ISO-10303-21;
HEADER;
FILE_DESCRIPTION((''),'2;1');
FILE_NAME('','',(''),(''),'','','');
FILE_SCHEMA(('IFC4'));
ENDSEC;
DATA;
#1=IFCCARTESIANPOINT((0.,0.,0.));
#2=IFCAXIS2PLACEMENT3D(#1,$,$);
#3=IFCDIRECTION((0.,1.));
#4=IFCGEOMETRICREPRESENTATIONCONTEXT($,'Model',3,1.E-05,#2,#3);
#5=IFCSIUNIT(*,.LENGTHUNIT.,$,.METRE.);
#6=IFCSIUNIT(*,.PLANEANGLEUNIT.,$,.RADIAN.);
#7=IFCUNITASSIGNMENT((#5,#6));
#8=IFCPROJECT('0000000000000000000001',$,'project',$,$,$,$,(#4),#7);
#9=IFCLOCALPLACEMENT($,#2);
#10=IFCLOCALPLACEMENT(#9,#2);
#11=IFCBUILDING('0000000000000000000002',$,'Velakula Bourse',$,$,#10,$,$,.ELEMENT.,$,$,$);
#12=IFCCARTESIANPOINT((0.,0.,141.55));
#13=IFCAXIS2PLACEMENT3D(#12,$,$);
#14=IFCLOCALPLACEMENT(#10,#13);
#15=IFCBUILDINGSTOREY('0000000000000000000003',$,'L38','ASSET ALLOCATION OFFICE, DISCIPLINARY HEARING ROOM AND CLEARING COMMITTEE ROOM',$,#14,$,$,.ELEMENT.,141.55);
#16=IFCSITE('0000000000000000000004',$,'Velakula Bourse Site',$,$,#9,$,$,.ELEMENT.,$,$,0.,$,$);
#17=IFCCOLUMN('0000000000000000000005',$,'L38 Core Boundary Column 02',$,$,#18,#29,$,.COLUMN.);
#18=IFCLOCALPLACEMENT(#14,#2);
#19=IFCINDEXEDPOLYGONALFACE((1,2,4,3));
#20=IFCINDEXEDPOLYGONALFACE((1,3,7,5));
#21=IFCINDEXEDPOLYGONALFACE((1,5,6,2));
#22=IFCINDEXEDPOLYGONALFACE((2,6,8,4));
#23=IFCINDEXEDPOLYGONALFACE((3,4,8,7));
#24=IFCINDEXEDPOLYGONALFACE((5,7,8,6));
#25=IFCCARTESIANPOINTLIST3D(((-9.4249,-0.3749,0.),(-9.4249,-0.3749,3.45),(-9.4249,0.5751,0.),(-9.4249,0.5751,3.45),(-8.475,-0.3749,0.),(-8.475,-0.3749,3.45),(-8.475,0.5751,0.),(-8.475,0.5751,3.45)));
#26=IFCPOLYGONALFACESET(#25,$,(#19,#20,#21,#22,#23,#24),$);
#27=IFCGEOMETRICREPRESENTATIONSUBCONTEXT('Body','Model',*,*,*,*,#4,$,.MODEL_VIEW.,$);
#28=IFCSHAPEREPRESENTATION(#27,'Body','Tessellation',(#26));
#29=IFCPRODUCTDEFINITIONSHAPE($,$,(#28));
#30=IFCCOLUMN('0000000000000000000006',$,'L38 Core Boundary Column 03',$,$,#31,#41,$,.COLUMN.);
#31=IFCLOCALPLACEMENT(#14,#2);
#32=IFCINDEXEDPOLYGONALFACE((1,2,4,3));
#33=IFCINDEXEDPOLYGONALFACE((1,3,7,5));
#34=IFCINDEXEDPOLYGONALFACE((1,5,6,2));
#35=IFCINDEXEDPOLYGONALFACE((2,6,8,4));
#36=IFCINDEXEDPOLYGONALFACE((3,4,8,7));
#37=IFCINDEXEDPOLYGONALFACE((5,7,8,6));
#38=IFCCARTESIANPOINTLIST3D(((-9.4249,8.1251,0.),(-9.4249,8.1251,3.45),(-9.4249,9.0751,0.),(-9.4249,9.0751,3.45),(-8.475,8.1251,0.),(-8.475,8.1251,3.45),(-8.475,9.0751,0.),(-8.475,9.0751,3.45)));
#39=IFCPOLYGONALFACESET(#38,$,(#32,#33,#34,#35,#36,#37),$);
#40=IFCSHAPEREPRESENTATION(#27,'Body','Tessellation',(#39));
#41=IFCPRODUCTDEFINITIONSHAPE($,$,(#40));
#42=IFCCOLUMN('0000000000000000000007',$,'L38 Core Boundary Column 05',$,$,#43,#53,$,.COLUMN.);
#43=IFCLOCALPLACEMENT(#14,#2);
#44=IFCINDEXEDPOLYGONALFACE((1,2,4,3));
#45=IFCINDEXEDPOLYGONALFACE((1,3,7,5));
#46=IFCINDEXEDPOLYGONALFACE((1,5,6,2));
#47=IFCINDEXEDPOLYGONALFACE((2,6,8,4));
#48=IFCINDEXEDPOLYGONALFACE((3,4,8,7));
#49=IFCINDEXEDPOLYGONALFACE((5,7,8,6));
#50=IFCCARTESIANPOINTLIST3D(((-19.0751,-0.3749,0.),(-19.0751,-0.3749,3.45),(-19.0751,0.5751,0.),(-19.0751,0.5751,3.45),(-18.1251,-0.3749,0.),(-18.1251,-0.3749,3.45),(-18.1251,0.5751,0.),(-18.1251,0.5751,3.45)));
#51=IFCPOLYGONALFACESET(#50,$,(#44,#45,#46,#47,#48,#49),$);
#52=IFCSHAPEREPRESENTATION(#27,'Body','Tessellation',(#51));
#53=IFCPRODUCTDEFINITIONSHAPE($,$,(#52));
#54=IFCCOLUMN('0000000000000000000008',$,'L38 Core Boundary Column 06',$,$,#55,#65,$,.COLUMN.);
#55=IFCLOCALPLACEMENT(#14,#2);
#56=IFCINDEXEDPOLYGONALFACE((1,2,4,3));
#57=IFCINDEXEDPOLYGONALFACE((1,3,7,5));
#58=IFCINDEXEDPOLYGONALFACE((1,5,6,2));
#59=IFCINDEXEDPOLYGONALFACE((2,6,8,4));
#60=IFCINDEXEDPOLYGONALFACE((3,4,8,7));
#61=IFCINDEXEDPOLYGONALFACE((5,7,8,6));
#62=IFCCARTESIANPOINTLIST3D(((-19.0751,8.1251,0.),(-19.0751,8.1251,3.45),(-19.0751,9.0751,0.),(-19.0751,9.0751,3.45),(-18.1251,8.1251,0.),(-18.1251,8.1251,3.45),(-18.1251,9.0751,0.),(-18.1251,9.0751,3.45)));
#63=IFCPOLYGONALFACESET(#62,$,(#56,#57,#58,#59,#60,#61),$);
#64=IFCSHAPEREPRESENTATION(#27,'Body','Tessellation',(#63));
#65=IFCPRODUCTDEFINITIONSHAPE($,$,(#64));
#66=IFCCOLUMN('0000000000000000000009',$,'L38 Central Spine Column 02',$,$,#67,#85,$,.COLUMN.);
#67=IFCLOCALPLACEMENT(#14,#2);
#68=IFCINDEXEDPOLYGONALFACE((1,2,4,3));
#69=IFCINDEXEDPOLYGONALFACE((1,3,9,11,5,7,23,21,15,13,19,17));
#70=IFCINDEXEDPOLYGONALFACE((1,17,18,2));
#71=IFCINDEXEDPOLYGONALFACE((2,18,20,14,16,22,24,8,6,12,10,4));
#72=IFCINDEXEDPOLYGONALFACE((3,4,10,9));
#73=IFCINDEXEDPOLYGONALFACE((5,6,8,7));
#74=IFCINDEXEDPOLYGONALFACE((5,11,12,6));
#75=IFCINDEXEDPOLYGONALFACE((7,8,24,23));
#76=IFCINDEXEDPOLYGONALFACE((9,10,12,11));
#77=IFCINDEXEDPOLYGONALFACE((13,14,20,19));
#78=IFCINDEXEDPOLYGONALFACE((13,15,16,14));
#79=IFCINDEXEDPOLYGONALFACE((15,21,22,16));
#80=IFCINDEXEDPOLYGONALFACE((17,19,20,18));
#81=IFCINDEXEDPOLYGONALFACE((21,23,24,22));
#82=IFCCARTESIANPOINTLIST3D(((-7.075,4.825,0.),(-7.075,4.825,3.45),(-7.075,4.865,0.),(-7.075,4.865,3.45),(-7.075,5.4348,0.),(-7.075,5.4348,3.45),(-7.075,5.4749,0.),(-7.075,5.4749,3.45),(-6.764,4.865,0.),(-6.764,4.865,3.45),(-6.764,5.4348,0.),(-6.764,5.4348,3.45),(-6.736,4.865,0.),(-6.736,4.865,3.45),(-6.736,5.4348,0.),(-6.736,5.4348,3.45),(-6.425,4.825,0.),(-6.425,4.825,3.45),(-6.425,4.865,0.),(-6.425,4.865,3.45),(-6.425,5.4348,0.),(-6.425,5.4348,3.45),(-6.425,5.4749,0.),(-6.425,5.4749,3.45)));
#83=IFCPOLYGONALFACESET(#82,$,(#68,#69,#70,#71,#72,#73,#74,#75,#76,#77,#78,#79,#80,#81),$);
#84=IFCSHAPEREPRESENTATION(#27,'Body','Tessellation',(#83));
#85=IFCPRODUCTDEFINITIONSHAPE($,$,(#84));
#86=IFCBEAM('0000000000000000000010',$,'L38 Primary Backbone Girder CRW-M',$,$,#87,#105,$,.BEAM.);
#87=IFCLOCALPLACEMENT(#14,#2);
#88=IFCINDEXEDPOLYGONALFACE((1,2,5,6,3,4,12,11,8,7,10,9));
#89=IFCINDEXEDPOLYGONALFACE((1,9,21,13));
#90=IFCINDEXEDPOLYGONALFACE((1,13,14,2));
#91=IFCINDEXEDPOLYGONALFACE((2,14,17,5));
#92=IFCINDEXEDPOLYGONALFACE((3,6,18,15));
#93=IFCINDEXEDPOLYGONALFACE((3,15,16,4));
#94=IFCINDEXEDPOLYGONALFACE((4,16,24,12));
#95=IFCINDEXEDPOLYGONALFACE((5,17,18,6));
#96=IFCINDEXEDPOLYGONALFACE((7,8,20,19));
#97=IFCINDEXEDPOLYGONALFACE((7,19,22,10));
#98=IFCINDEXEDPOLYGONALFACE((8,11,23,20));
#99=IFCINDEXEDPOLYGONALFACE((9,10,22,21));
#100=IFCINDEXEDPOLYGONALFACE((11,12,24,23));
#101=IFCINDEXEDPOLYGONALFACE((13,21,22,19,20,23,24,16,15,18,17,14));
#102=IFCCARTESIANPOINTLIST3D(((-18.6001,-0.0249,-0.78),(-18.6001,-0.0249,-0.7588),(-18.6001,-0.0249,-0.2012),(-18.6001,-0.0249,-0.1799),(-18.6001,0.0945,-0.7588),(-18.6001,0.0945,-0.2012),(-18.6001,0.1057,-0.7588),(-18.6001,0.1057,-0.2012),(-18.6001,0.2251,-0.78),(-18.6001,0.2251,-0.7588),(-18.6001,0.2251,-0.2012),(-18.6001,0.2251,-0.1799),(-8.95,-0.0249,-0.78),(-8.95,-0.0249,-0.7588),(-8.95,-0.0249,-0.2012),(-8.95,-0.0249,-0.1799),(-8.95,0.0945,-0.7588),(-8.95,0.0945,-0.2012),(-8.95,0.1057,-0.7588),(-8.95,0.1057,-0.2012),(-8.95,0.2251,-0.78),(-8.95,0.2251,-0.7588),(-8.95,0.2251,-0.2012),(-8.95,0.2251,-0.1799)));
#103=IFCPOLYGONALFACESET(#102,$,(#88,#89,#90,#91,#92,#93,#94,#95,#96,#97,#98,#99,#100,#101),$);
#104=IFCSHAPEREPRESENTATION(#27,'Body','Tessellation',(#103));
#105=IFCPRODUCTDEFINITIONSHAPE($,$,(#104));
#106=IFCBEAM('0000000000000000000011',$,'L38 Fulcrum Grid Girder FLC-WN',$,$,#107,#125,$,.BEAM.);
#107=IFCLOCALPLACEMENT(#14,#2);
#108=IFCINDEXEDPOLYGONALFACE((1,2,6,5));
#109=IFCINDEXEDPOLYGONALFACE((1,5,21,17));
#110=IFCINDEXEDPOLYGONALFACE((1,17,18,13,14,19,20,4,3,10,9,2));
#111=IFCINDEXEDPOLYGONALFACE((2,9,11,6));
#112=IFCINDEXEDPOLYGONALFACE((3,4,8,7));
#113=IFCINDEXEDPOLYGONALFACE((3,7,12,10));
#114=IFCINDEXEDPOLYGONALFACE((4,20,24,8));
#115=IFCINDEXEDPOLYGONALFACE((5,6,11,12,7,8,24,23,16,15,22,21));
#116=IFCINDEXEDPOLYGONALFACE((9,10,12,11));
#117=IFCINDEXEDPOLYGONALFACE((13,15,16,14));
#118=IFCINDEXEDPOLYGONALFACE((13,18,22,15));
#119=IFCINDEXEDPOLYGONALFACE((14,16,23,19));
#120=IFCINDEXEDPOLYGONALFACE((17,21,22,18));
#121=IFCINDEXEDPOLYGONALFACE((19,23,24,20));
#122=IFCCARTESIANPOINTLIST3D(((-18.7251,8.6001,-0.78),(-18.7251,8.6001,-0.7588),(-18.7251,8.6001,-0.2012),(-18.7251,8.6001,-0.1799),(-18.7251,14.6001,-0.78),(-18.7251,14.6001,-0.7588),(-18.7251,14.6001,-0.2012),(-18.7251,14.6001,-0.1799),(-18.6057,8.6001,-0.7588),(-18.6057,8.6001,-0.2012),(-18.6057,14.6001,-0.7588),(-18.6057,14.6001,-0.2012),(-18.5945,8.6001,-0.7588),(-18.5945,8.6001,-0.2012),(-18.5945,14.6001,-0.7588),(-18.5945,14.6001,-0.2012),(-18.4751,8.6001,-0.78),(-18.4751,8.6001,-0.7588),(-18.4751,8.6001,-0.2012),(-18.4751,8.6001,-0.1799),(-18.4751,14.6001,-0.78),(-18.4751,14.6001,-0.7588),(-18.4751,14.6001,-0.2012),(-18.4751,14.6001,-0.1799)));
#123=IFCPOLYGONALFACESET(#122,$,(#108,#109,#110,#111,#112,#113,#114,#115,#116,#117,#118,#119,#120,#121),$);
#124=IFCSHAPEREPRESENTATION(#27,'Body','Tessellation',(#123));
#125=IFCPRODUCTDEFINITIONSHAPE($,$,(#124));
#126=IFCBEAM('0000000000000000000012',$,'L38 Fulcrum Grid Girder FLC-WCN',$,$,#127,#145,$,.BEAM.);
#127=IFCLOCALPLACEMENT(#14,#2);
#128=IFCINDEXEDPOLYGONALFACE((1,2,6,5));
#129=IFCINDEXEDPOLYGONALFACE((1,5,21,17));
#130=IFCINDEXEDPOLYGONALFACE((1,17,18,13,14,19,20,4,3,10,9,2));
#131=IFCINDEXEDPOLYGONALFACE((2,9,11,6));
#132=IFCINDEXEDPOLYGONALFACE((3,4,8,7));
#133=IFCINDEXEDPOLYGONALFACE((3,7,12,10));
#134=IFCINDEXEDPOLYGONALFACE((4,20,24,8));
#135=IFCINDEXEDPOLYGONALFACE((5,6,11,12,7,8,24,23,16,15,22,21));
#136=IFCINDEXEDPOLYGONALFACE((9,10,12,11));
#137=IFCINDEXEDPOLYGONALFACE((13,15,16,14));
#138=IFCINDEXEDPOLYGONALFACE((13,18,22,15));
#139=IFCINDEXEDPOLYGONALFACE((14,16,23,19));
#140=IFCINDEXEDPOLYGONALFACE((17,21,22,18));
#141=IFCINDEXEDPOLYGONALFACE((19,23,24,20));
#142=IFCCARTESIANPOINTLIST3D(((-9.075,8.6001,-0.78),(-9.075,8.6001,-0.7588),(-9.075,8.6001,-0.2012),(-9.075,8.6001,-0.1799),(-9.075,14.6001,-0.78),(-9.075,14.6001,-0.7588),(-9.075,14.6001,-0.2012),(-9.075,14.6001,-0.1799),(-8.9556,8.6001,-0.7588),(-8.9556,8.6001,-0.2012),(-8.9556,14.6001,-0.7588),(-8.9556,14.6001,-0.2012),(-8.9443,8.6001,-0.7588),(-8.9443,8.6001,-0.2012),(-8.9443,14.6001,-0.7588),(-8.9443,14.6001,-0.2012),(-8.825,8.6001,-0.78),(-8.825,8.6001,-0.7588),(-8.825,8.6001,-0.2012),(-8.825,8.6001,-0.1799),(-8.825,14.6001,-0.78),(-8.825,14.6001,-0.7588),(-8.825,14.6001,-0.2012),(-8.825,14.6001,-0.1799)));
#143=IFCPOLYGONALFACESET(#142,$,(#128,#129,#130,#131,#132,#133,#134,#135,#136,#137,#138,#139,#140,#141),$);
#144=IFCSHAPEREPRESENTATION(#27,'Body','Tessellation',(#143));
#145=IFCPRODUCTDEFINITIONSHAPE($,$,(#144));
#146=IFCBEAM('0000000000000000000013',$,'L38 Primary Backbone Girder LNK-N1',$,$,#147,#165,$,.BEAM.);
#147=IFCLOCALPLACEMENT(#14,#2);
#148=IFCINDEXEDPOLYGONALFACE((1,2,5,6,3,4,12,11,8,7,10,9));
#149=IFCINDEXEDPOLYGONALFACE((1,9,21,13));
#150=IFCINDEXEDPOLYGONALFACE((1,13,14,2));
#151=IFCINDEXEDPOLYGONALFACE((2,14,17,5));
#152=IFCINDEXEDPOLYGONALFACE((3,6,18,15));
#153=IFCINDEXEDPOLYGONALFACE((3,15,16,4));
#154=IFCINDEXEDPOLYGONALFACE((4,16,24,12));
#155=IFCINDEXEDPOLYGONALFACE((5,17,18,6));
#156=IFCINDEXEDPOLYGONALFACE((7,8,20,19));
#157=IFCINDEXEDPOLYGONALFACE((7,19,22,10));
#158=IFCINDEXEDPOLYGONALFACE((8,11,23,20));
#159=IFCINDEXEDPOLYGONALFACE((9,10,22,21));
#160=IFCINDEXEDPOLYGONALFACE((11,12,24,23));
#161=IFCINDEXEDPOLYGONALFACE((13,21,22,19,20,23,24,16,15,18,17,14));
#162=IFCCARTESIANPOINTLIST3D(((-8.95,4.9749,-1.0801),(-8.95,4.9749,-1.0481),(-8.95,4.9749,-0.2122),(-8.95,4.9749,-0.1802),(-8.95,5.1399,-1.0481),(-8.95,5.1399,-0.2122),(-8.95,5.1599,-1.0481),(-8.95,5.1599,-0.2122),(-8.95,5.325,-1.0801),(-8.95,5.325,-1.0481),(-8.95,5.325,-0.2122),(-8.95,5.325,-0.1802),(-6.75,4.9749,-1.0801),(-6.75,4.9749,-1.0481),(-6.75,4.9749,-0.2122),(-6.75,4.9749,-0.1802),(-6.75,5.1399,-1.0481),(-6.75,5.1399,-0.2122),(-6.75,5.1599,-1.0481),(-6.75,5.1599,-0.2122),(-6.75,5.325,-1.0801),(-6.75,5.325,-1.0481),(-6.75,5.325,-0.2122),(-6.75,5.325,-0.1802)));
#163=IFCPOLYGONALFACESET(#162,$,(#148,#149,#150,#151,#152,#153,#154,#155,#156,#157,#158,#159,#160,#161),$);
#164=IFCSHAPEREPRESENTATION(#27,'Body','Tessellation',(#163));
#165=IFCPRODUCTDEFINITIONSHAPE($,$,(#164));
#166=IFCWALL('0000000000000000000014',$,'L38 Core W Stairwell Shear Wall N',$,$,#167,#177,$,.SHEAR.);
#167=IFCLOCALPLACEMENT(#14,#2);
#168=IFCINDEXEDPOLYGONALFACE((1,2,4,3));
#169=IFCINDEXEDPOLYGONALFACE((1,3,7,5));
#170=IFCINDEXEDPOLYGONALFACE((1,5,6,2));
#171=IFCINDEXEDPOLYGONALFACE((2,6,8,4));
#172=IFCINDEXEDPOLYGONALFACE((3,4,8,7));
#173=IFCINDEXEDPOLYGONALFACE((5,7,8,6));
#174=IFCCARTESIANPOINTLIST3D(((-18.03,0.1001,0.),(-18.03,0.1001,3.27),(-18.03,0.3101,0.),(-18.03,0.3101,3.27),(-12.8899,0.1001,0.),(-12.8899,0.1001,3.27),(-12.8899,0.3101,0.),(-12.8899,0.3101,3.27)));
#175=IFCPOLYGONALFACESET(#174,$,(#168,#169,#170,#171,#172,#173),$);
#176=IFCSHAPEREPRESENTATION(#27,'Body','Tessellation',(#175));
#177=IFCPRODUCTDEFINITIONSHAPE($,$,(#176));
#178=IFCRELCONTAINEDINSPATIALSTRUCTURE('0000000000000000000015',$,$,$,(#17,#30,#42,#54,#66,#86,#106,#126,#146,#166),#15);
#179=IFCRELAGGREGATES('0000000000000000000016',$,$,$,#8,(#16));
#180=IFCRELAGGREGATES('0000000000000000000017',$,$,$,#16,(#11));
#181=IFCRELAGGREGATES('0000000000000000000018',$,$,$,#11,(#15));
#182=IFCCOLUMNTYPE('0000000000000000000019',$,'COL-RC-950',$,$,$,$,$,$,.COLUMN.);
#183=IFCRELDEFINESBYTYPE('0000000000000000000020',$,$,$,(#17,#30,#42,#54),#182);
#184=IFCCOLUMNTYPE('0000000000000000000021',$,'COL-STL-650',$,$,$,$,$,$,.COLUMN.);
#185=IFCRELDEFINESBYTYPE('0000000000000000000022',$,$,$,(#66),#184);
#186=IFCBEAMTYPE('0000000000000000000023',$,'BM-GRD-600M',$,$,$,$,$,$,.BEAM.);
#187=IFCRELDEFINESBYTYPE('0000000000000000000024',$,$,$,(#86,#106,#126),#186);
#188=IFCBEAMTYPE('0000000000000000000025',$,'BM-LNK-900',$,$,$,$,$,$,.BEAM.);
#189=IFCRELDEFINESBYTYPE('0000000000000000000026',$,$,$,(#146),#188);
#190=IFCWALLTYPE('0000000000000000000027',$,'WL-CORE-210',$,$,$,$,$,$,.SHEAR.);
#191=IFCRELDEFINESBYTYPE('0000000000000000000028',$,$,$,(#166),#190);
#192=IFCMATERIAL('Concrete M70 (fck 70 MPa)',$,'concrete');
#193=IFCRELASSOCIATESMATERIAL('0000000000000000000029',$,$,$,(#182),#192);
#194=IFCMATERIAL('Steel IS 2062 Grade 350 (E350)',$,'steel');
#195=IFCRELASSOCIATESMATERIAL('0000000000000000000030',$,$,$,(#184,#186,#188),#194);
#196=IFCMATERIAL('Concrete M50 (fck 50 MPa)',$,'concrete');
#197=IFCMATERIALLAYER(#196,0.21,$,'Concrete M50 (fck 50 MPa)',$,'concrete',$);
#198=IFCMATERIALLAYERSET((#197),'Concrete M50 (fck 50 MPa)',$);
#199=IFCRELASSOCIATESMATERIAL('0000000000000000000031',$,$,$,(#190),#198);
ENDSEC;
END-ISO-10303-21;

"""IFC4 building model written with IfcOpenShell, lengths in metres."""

from ifc_helpers import new_model, si_unit, direction, frame, frame_2d, origin, origin_2d, place, context, subcontext, project, spatial, rectangle, i_section, extrude, material, layer, layer_set, material_profile, profile_set, type_object, element, save


model = new_model("IFC4")

# Units and contexts
model_context = context("Model", 3, precision=1e-05, world=origin(), true_north=direction((0.0, 1.0)))
body_context = subcontext(model_context, "Body", "Model", "MODEL_VIEW")
ifc_project = project(units=[si_unit("LENGTHUNIT", "METRE"), si_unit("PLANEANGLEUNIT", "RADIAN")], contexts=[model_context])

# Site, building, storey
site_placement = place(None, origin())
site = spatial("IfcSite", under=ifc_project, at=site_placement, Name="Velakula Bourse Site", CompositionType="ELEMENT", RefElevation=0.0)
building_placement = place(site_placement, origin())
building = spatial("IfcBuilding", under=site, at=building_placement, Name="Velakula Bourse", CompositionType="ELEMENT")
storey_placement = place(building_placement, frame((0.0, 0.0, 141.55)))
storey = spatial("IfcBuildingStorey", under=building, at=storey_placement, Name="L38", Description="ASSET ALLOCATION OFFICE, DISCIPLINARY HEARING ROOM AND CLEARING COMMITTEE ROOM", CompositionType="ELEMENT", Elevation=141.55)

# Columns
ifc_material_1 = material(Name="Concrete M70 (fck 70 MPa)", Category="concrete")
ifc_material_profile_1 = material_profile(ifc_material_1, rectangle(XDim=0.95, YDim=0.95, at=origin_2d()), Name="Concrete M70 (fck 70 MPa)")
ifc_profile_set_1 = profile_set([ifc_material_profile_1], Name="Concrete M70 (fck 70 MPa)")
column_type_1 = type_object("IfcColumnType", Name="COL-RC-950", PredefinedType="COLUMN", material=ifc_profile_set_1)
for number, where, z_axis, x_axis, name in (
    (1, (-8.95, 0.1001, 0.0), (0.0, 0.0, 1.0), (1.0, 0.0, 0.0), "L38 Core Boundary Column 02"),
    (2, (-8.95, 8.6001, 0.0), (0.0, 0.0, 1.0), (1.0, 0.0, 0.0), "L38 Core Boundary Column 03"),
    (3, (-18.6001, 0.1001, 0.0), (0.0, 0.0, 1.0), (1.0, 0.0, 0.0), "L38 Core Boundary Column 05"),
    (4, (-18.6001, 8.6001, 0.0), (0.0, 0.0, 1.0), (1.0, 0.0, 0.0), "L38 Core Boundary Column 06"),
):
    element("IfcColumn", number, at=place(storey_placement, frame(where, z_axis=z_axis, x_axis=x_axis)), inside=storey, type_object=column_type_1, Name=name, PredefinedType="COLUMN", context=body_context, shape_type="SweptSolid", body=[
        extrude(rectangle(XDim=0.95, YDim=0.95, at=origin_2d()), origin(), (0.0, 0.0, 1.0), 3.45),
    ])
ifc_material_2 = material(Name="Steel IS 2062 Grade 350 (E350)", Category="steel")
ifc_material_profile_2 = material_profile(ifc_material_2, i_section(OverallWidth=0.6499, OverallDepth=0.6499, WebThickness=0.0281, FlangeThickness=0.04, at=origin_2d()), Name="Steel IS 2062 Grade 350 (E350)")
ifc_profile_set_2 = profile_set([ifc_material_profile_2], Name="Steel IS 2062 Grade 350 (E350)")
column_type_2 = type_object("IfcColumnType", Name="COL-STL-650", PredefinedType="COLUMN", material=ifc_profile_set_2)
column_placement = place(storey_placement, frame((-6.75, 5.1499, 0.0), z_axis=(0.0, 0.0, 1.0), x_axis=(1.0, 0.0, 0.0)))
element("IfcColumn", 5, at=column_placement, inside=storey, type_object=column_type_2, Name="L38 Central Spine Column 02", PredefinedType="COLUMN", context=body_context, shape_type="SweptSolid", body=[
    extrude(i_section(OverallWidth=0.6499, OverallDepth=0.6499, WebThickness=0.0281, FlangeThickness=0.04, at=origin_2d()), origin(), (0.0, 0.0, 1.0), 3.45),
])

# Beams
ifc_material_profile_3 = material_profile(ifc_material_2, i_section(OverallWidth=0.25, OverallDepth=0.6001, WebThickness=0.0112, FlangeThickness=0.0212, at=origin_2d()), Name="Steel IS 2062 Grade 350 (E350)")
ifc_profile_set_3 = profile_set([ifc_material_profile_3], Name="Steel IS 2062 Grade 350 (E350)")
beam_type_1 = type_object("IfcBeamType", Name="BM-GRD-600M", PredefinedType="BEAM", material=ifc_profile_set_3)
beam_1_placement = place(storey_placement, frame((-18.6001, 0.1001, -0.48), z_axis=(1.0, 0.0, 0.0), x_axis=(0.0, 1.0, 0.0)))
element("IfcBeam", 6, at=beam_1_placement, inside=storey, type_object=beam_type_1, Name="L38 Primary Backbone Girder CRW-M", PredefinedType="BEAM", context=body_context, shape_type="SweptSolid", body=[
    extrude(i_section(OverallWidth=0.25, OverallDepth=0.6001, WebThickness=0.0112, FlangeThickness=0.0212, at=origin_2d()), origin(), (0.0, 0.0, 1.0), 9.6501),
])
for number, where, z_axis, x_axis, name in (
    (7, (-18.6001, 8.6001, -0.48), (0.0, 1.0, 0.0), (-1.0, 0.0, 0.0), "L38 Fulcrum Grid Girder FLC-WN"),
    (8, (-8.95, 8.6001, -0.48), (0.0, 1.0, 0.0), (-1.0, 0.0, 0.0), "L38 Fulcrum Grid Girder FLC-WCN"),
):
    element("IfcBeam", number, at=place(storey_placement, frame(where, z_axis=z_axis, x_axis=x_axis)), inside=storey, type_object=beam_type_1, Name=name, PredefinedType="BEAM", context=body_context, shape_type="SweptSolid", body=[
        extrude(i_section(OverallWidth=0.25, OverallDepth=0.6001, WebThickness=0.0112, FlangeThickness=0.0212, at=origin_2d()), origin(), (0.0, 0.0, 1.0), 6.0),
    ])
ifc_material_profile_4 = material_profile(ifc_material_2, i_section(OverallWidth=0.3501, OverallDepth=0.8999, WebThickness=0.02, FlangeThickness=0.032, at=origin_2d()), Name="Steel IS 2062 Grade 350 (E350)")
ifc_profile_set_4 = profile_set([ifc_material_profile_4], Name="Steel IS 2062 Grade 350 (E350)")
beam_type_2 = type_object("IfcBeamType", Name="BM-LNK-900", PredefinedType="BEAM", material=ifc_profile_set_4)
beam_2_placement = place(storey_placement, frame((-8.95, 5.1499, -0.6301), z_axis=(1.0, 0.0, 0.0), x_axis=(0.0, 1.0, 0.0)))
element("IfcBeam", 9, at=beam_2_placement, inside=storey, type_object=beam_type_2, Name="L38 Primary Backbone Girder LNK-N1", PredefinedType="BEAM", context=body_context, shape_type="SweptSolid", body=[
    extrude(i_section(OverallWidth=0.3501, OverallDepth=0.8999, WebThickness=0.02, FlangeThickness=0.032, at=origin_2d()), origin(), (0.0, 0.0, 1.0), 2.2),
])

# Wall
ifc_material_3 = material(Name="Concrete M50 (fck 50 MPa)", Category="concrete")
ifc_layer_1 = layer(ifc_material_3, 0.21, Name="Concrete M50 (fck 50 MPa)", Category="concrete")
ifc_layer_set_1 = layer_set([ifc_layer_1], Name="Concrete M50 (fck 50 MPa)")
wall_type_1 = type_object("IfcWallType", Name="WL-CORE-210", PredefinedType="SHEAR", material=ifc_layer_set_1)
wall_1_placement = place(storey_placement, frame((-12.8899, 0.2051, 0.0), z_axis=(0.0, 0.0, 1.0), x_axis=(-1.0, 0.0, 0.0)))
element("IfcWall", 10, at=wall_1_placement, inside=storey, type_object=wall_type_1, Name="L38 Core W Stairwell Shear Wall N", PredefinedType="SHEAR", context=body_context, shape_type="SweptSolid", body=[
    extrude(rectangle(XDim=5.1401, YDim=0.21, at=frame_2d((2.5701, 0.0))), origin(), (0.0, 0.0, 1.0), 3.27),
])

save(model, "model.ifc")
